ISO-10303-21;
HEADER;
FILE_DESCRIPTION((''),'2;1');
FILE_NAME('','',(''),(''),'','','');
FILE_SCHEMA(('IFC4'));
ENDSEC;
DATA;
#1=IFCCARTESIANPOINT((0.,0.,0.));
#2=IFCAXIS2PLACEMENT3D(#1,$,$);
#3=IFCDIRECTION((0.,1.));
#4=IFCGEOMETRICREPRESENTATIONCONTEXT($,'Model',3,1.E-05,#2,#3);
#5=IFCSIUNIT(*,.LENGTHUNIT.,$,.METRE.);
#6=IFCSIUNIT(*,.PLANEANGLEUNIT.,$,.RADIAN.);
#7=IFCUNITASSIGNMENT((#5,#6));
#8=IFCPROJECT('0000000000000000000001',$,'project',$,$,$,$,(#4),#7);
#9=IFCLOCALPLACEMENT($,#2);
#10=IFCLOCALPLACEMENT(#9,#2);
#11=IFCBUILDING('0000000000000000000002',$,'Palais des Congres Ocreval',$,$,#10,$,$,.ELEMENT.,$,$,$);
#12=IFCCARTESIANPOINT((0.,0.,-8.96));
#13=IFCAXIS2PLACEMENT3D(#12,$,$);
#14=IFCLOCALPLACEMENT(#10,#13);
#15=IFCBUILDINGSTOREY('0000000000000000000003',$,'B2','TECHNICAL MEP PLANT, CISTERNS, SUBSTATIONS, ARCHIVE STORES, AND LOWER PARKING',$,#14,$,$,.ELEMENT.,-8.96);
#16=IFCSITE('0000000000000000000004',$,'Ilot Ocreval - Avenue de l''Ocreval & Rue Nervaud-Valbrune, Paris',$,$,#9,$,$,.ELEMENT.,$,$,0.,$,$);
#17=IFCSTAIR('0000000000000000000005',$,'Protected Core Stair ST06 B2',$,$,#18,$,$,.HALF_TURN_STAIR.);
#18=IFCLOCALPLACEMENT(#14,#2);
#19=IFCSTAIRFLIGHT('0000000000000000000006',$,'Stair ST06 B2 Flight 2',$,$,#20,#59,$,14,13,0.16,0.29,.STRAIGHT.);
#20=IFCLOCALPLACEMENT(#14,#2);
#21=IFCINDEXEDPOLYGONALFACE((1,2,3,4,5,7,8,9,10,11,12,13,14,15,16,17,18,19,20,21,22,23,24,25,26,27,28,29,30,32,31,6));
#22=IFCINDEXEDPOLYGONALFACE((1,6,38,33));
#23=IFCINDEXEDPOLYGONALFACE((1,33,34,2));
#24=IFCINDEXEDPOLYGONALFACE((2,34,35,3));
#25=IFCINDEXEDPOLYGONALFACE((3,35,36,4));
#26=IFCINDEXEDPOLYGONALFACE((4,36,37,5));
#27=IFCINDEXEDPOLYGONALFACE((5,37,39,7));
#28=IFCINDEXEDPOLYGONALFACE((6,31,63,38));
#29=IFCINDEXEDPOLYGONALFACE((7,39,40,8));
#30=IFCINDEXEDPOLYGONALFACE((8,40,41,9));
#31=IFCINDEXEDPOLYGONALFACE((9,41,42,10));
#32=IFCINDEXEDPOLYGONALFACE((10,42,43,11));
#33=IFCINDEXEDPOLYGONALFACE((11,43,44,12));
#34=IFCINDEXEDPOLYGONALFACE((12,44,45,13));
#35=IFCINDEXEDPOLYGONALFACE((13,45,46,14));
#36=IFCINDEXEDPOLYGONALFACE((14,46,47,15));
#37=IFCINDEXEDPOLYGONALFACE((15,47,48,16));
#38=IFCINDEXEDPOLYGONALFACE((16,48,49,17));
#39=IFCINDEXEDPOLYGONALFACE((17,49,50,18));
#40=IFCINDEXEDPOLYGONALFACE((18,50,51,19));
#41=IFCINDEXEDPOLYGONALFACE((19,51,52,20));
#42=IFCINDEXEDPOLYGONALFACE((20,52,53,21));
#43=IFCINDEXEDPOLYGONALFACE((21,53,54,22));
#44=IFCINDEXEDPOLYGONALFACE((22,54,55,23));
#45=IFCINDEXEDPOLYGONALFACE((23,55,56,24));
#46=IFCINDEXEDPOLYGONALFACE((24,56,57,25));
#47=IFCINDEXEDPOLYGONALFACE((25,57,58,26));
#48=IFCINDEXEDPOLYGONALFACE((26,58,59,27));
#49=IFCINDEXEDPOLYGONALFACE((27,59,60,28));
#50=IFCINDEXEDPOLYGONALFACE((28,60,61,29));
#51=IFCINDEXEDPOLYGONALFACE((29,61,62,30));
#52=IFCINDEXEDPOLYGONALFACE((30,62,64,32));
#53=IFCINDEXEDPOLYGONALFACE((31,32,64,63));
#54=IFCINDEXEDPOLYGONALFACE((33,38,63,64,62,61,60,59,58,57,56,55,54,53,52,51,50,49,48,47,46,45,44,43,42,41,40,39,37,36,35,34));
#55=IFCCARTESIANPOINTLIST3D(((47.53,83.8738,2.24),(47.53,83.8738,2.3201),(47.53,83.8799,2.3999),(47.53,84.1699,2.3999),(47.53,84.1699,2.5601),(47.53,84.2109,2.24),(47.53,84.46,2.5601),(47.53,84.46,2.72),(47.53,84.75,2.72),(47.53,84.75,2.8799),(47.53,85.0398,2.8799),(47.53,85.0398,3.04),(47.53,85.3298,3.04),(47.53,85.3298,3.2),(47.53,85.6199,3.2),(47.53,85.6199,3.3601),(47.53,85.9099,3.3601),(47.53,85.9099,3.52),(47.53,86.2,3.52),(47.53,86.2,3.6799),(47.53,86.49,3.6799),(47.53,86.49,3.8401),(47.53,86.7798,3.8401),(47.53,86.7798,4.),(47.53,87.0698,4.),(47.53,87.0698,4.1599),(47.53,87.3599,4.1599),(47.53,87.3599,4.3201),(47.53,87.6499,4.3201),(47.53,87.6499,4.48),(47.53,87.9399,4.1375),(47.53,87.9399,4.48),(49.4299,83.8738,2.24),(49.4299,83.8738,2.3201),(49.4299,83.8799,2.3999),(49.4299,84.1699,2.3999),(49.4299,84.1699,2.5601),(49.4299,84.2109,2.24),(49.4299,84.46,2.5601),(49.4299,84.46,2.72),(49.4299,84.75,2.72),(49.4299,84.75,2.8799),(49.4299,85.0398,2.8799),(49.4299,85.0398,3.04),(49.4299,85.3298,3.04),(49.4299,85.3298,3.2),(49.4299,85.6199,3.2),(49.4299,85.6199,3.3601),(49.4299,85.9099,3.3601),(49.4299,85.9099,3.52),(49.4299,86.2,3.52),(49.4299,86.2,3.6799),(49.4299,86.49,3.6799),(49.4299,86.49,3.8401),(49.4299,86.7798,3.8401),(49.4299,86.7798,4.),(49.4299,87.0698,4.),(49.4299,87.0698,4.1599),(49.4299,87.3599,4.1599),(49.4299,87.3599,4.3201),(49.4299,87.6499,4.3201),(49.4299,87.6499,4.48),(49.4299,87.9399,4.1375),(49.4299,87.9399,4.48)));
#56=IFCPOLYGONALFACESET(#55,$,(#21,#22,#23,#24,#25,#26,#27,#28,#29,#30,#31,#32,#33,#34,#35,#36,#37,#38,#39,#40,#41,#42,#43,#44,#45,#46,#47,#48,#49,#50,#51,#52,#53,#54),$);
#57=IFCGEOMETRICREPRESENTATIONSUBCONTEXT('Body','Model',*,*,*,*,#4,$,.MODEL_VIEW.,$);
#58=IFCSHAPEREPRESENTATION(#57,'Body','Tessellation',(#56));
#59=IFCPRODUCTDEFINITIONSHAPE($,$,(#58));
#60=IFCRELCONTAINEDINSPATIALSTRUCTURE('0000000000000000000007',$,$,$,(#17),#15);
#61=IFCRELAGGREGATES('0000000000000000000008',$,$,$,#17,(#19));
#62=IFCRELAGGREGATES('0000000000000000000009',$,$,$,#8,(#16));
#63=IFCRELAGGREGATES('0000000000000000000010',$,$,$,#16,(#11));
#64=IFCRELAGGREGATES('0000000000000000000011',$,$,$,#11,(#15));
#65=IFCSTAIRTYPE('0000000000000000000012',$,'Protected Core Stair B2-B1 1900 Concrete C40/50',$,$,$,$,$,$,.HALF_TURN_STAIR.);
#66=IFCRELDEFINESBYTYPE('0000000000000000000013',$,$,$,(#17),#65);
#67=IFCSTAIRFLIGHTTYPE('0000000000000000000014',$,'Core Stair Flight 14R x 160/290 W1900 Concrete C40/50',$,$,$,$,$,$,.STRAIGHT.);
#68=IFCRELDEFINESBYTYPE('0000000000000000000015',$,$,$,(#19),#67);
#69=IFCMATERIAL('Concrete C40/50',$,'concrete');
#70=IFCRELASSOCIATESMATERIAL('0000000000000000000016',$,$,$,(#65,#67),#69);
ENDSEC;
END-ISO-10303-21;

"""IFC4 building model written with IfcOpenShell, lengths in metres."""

from ifc_helpers import new_model, si_unit, direction, frame, origin, place, context, subcontext, project, spatial, polyline, outline, extrude, material, type_object, element, aggregate, save


model = new_model("IFC4")

# Units and contexts
model_context = context("Model", 3, precision=1e-05, world=origin(), true_north=direction((0.0, 1.0)))
body_context = subcontext(model_context, "Body", "Model", "MODEL_VIEW")
ifc_project = project(units=[si_unit("LENGTHUNIT", "METRE"), si_unit("PLANEANGLEUNIT", "RADIAN")], contexts=[model_context])

# Site, building, storey
site_placement = place(None, origin())
site = spatial("IfcSite", under=ifc_project, at=site_placement, Name="Ilot Ocreval - Avenue de l'Ocreval & Rue Nervaud-Valbrune, Paris", CompositionType="ELEMENT", RefElevation=0.0)
building_placement = place(site_placement, origin())
building = spatial("IfcBuilding", under=site, at=building_placement, Name="Palais des Congres Ocreval", CompositionType="ELEMENT")
storey_placement = place(building_placement, frame((0.0, 0.0, -8.96)))
storey = spatial("IfcBuildingStorey", under=building, at=storey_placement, Name="B2", Description="TECHNICAL MEP PLANT, CISTERNS, SUBSTATIONS, ARCHIVE STORES, AND LOWER PARKING", CompositionType="ELEMENT", Elevation=-8.96)

# Shared definitions
ifc_material_1 = material(Name="Concrete C40/50", Category="concrete")

# Stair, stair flight
stair_type = type_object("IfcStairType", Name="Protected Core Stair B2-B1 1900 Concrete C40/50", PredefinedType="HALF_TURN_STAIR", material=ifc_material_1)
stair_placement = place(storey_placement, origin())
stair = element("IfcStair", 1, at=stair_placement, inside=storey, type_object=stair_type, Name="Protected Core Stair ST06 B2", PredefinedType="HALF_TURN_STAIR")
stair_flight_type = type_object("IfcStairFlightType", Name="Core Stair Flight 14R x 160/290 W1900 Concrete C40/50", PredefinedType="STRAIGHT", material=ifc_material_1)
stair_flight_1_placement = place(storey_placement, frame((48.48, 83.8799, 2.24), z_axis=(0.0, 0.0, 1.0), x_axis=(0.0, 1.0, 0.0)))
stair_flight_1 = element("IfcStairFlight", 2, at=stair_flight_1_placement, type_object=stair_flight_type, Name="Stair ST06 B2 Flight 2", NumberOfRisers=14, NumberOfTreads=13, PredefinedType="STRAIGHT", RiserHeight=0.16, TreadLength=0.29, context=body_context, shape_type="SweptSolid", body=[
    extrude(outline(polyline([(-0.0061, 0.0), (-0.0061, 0.0801), (0.0, 0.1599), (0.29, 0.1599), (0.29, 0.3201), (0.5801, 0.3201), (0.5801, 0.48), (0.8701, 0.48), (0.8701, 0.6399), (1.1599, 0.6399), (1.1599, 0.8), (1.45, 0.8), (1.45, 0.96), (1.74, 0.96), (1.74, 1.1201), (2.03, 1.1201), (2.03, 1.28), (2.3201, 1.28), (2.3201, 1.4399), (2.6101, 1.4399), (2.6101, 1.6001), (2.8999, 1.6001), (2.8999, 1.76), (3.1899, 1.76), (3.1899, 1.9199), (3.48, 1.9199), (3.48, 2.0801), (3.77, 2.0801), (3.77, 2.24), (4.0601, 2.24), (4.0601, 1.8975), (0.3311, 0.0), (-0.0061, 0.0)])), frame((0.0, 0.95, 0.0), z_axis=(0.0, -1.0, 0.0), x_axis=(1.0, 0.0, 0.0)), (0.0, 0.0, 1.0), 1.8999),
])
aggregate(stair, [stair_flight_1])

save(model, "model.ifc")
